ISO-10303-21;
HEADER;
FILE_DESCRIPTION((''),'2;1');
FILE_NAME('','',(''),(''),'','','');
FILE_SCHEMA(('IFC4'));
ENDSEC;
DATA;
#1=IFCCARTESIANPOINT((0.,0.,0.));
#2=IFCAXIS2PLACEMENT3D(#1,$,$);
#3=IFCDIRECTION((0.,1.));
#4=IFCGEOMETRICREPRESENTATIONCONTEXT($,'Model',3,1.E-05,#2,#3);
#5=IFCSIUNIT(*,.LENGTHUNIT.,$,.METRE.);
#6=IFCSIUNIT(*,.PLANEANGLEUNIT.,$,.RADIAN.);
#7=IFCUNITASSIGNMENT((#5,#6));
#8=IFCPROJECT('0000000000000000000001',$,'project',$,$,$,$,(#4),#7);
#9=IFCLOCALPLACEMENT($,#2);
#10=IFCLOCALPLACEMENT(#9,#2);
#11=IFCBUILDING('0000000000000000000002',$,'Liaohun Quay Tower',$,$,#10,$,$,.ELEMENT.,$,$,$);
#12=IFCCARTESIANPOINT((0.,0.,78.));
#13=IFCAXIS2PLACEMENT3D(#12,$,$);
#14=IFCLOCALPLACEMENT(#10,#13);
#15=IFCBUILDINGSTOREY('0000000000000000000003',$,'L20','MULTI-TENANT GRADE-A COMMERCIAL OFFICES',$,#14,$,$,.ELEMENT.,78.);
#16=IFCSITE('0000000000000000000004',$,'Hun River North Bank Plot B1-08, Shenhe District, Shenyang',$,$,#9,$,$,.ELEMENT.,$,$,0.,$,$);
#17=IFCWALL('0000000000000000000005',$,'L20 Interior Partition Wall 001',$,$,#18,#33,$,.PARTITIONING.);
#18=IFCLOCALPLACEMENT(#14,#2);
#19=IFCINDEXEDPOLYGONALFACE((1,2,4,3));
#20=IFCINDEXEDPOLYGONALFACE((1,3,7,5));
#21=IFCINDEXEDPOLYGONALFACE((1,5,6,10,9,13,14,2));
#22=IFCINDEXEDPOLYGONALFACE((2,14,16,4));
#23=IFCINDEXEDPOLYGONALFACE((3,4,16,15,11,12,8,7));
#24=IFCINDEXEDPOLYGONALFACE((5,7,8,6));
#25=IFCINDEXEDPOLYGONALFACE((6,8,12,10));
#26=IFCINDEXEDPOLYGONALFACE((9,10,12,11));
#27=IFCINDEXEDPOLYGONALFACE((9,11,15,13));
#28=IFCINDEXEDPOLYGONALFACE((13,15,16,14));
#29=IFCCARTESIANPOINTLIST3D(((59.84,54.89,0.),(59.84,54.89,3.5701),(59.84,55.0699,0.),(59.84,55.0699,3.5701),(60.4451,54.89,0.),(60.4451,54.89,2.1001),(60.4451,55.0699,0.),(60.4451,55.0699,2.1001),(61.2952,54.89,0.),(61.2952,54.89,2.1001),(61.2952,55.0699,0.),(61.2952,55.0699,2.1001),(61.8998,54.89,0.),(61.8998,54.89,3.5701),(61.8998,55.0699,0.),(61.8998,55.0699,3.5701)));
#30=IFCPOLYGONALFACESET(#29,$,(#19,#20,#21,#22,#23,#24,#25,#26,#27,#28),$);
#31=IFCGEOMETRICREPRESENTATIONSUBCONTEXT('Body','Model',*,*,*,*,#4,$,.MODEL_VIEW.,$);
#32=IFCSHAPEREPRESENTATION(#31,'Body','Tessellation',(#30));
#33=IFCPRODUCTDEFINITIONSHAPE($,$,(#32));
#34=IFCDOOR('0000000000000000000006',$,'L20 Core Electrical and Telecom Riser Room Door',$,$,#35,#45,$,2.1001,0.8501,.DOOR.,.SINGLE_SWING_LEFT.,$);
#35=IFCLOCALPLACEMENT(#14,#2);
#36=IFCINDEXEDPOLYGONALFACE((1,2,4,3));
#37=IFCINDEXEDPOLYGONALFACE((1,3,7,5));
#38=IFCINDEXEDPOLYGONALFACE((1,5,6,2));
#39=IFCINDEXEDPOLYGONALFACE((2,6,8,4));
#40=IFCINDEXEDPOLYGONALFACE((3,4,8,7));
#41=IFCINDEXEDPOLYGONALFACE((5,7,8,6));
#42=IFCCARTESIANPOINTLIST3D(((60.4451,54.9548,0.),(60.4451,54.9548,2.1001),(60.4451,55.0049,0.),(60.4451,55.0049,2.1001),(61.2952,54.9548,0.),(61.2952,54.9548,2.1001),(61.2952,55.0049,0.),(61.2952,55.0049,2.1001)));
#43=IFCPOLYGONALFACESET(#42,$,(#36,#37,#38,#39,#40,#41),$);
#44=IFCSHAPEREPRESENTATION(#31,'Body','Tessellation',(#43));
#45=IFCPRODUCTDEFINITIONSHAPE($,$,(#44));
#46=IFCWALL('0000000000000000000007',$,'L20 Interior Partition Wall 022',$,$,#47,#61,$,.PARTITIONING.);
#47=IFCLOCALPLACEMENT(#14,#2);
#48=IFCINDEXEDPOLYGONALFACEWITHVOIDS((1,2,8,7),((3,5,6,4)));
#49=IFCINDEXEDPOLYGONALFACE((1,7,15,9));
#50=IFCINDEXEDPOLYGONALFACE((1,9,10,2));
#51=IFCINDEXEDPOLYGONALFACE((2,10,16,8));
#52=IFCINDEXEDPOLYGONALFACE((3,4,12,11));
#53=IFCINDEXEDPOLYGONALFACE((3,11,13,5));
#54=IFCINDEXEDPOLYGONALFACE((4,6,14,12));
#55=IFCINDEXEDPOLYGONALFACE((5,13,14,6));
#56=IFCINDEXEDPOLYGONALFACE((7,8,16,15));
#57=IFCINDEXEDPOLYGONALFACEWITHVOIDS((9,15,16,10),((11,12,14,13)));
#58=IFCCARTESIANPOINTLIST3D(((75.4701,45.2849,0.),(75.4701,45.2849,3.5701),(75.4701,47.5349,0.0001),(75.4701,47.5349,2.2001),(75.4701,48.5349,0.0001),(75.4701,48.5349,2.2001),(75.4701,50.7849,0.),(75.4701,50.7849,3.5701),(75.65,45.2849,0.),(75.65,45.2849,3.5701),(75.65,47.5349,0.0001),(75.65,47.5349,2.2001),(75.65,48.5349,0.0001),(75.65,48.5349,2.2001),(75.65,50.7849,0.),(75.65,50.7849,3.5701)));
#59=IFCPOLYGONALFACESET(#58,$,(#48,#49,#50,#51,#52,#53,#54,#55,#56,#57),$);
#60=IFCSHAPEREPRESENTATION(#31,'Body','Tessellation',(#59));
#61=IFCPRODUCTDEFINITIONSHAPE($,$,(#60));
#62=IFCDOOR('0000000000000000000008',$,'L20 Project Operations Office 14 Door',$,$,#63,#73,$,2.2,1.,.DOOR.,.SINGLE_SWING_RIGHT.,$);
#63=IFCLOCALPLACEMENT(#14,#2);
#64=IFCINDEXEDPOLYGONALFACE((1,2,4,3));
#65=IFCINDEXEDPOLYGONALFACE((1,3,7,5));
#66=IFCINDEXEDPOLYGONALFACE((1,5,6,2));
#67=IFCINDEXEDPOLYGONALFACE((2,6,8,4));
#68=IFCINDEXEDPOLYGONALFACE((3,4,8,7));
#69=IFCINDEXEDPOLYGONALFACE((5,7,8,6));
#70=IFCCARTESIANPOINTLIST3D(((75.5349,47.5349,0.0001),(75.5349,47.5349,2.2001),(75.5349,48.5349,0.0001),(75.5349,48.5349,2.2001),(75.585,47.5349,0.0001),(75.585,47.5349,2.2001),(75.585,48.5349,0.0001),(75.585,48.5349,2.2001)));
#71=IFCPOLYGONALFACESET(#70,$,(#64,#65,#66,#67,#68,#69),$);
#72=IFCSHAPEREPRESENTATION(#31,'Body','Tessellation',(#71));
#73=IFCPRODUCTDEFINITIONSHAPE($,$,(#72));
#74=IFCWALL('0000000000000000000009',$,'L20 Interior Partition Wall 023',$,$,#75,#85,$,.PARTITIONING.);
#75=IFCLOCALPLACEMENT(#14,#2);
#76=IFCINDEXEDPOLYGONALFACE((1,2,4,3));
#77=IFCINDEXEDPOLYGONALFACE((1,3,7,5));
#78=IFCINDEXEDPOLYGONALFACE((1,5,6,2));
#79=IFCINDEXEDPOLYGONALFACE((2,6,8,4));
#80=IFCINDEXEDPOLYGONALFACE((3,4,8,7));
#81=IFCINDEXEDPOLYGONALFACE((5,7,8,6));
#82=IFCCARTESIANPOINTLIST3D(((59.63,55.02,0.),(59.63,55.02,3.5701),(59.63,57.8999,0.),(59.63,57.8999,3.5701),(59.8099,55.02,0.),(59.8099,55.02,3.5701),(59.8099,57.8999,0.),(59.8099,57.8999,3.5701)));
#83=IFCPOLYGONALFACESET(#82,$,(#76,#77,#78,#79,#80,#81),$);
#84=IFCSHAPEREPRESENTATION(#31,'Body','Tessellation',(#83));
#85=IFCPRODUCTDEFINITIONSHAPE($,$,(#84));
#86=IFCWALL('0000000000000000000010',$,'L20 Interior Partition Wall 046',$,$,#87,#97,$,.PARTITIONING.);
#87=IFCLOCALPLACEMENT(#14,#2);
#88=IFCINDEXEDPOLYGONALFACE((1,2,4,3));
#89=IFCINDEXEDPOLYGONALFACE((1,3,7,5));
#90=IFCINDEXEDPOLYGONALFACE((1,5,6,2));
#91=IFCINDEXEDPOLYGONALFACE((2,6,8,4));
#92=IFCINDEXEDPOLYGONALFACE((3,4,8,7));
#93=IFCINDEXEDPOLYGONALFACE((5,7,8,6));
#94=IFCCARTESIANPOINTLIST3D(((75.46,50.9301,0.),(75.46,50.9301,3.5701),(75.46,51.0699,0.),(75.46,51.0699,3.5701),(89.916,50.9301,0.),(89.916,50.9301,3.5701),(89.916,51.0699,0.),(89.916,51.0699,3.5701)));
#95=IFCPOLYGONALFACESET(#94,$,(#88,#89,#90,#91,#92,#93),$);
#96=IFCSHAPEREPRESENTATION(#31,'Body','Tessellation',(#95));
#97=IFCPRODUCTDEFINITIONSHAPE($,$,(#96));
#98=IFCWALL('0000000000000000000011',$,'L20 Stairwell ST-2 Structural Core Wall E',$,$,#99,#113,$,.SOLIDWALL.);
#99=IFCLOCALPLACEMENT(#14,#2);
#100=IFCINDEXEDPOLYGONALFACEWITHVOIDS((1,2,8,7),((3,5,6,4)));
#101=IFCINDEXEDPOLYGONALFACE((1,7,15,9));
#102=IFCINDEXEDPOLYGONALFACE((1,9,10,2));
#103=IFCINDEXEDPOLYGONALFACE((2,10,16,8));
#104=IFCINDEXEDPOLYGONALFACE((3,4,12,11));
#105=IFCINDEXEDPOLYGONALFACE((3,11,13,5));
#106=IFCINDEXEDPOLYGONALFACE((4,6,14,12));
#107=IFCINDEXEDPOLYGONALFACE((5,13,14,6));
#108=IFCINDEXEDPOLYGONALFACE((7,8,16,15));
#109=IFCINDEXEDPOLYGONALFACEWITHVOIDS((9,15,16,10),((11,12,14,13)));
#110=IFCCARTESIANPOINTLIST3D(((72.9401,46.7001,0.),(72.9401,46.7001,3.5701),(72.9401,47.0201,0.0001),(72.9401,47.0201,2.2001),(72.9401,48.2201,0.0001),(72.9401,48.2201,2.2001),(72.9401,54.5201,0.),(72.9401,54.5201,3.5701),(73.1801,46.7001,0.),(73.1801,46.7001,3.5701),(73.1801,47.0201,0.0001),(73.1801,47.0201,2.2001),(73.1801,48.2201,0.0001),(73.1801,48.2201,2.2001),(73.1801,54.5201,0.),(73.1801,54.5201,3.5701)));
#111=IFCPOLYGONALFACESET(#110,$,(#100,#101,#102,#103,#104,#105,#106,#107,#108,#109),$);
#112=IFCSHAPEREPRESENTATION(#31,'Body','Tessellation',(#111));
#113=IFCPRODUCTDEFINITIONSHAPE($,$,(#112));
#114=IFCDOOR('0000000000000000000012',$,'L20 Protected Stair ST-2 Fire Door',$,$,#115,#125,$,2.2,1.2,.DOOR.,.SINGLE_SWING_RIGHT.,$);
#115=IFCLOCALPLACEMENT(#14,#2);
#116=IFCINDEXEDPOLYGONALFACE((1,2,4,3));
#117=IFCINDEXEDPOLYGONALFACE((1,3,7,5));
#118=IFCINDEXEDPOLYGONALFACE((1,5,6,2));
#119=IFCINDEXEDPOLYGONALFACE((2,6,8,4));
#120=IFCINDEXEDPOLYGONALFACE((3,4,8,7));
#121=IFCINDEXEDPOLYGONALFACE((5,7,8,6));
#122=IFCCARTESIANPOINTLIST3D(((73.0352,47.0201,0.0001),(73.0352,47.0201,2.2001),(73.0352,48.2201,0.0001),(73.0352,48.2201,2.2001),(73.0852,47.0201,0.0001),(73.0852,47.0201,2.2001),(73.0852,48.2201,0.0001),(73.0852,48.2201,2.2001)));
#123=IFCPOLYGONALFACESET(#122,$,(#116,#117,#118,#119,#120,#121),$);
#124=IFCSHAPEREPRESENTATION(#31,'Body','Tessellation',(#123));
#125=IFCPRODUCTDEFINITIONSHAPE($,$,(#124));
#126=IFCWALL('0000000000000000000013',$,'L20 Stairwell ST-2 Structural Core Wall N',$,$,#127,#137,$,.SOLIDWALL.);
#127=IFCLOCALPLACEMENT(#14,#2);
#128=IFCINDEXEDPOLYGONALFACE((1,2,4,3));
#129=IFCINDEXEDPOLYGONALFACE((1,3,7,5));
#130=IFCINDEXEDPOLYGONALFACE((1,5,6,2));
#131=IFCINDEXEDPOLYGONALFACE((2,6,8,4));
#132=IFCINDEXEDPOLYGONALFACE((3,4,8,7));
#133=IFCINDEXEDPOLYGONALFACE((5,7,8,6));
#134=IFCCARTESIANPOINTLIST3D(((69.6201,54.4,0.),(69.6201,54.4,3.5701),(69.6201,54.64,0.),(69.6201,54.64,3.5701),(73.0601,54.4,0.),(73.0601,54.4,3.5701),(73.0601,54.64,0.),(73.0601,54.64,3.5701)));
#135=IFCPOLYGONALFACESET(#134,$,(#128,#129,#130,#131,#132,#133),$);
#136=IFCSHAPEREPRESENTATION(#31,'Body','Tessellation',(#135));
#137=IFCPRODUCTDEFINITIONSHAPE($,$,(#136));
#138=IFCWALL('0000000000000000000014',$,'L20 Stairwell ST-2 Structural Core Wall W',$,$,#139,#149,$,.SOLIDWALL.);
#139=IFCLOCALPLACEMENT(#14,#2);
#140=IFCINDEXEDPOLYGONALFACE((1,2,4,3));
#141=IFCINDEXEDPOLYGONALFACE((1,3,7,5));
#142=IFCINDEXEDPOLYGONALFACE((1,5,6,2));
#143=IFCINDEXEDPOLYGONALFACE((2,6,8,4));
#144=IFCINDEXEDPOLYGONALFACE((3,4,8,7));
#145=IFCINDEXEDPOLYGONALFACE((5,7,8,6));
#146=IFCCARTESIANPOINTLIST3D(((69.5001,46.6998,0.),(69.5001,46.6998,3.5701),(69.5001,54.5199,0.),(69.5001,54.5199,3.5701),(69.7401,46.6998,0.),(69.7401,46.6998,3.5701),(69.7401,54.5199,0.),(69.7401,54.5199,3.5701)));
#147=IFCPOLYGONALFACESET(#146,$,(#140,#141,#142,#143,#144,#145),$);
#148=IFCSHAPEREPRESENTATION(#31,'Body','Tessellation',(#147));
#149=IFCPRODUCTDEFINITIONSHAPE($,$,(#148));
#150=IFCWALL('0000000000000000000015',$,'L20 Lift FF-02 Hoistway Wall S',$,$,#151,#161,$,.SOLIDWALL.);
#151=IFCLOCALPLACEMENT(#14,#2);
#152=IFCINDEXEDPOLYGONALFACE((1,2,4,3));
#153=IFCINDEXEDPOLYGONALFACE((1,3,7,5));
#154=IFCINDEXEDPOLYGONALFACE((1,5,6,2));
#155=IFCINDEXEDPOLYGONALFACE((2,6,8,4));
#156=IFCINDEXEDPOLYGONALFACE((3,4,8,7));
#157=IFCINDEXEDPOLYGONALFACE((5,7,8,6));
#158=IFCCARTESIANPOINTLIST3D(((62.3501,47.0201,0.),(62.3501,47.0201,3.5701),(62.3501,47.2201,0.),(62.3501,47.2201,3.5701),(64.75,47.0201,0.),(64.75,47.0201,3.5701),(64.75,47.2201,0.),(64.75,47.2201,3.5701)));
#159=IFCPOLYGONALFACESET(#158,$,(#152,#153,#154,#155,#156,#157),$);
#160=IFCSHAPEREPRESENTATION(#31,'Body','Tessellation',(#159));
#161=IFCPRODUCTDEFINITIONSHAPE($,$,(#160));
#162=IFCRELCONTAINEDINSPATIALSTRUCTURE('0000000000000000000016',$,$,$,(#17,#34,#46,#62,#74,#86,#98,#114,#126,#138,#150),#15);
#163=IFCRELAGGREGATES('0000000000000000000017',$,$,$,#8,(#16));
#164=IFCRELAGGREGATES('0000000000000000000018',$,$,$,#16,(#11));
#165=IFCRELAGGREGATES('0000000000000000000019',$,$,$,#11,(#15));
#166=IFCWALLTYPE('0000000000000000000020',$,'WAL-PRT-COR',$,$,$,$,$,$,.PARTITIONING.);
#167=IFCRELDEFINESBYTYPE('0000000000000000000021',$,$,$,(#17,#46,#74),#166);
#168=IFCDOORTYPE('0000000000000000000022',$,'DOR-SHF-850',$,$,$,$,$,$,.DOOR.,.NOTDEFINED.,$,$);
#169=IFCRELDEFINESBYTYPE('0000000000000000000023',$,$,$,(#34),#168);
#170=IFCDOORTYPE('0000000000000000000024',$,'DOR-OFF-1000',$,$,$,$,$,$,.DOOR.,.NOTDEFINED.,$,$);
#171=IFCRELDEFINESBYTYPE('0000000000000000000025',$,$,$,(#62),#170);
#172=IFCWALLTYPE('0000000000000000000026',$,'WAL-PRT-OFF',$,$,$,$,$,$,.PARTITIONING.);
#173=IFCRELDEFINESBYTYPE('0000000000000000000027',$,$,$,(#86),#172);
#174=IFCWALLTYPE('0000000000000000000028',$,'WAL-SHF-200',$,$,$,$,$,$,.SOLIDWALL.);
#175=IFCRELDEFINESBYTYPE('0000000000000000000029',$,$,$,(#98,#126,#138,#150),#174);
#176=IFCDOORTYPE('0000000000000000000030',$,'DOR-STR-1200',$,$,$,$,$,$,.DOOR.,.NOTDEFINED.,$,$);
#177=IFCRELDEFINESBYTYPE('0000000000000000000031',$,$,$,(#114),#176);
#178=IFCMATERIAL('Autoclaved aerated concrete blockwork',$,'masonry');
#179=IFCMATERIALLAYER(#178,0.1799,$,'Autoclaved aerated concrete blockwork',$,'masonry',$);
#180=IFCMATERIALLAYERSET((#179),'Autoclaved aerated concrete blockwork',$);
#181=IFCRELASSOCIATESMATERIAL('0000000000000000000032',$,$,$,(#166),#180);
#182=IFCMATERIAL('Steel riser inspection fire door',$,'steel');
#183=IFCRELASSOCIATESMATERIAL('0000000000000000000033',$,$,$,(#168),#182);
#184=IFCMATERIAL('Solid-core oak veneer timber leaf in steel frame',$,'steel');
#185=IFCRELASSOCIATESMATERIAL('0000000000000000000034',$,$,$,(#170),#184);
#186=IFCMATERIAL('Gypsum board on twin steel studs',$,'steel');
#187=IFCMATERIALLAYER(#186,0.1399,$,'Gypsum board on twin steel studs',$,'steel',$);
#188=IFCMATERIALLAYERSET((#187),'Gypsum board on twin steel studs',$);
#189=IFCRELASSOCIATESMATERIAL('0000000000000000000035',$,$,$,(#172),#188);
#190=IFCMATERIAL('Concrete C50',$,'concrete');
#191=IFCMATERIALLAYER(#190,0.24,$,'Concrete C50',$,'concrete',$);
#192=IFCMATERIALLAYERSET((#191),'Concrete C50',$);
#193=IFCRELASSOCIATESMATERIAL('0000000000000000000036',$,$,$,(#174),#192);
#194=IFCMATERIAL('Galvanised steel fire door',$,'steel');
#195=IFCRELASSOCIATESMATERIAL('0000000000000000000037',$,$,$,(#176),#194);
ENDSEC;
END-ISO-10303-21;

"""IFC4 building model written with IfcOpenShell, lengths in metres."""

from ifc_helpers import new_model, si_unit, direction, frame, frame_2d, origin, place, context, subcontext, project, spatial, rectangle, extrude, source, transform, mapped, material, layer, layer_set, type_object, element, fill, save


model = new_model("IFC4")

# Units and contexts
model_context = context("Model", 3, precision=1e-05, world=origin(), true_north=direction((0.0, 1.0)))
body_context = subcontext(model_context, "Body", "Model", "MODEL_VIEW")
ifc_project = project(units=[si_unit("LENGTHUNIT", "METRE"), si_unit("PLANEANGLEUNIT", "RADIAN")], contexts=[model_context])

# Site, building, storey
site_placement = place(None, origin())
site = spatial("IfcSite", under=ifc_project, at=site_placement, Name="Hun River North Bank Plot B1-08, Shenhe District, Shenyang", CompositionType="ELEMENT", RefElevation=0.0)
building_placement = place(site_placement, origin())
building = spatial("IfcBuilding", under=site, at=building_placement, Name="Liaohun Quay Tower", CompositionType="ELEMENT")
storey_placement = place(building_placement, frame((0.0, 0.0, 78.0)))
storey = spatial("IfcBuildingStorey", under=building, at=storey_placement, Name="L20", Description="MULTI-TENANT GRADE-A COMMERCIAL OFFICES", CompositionType="ELEMENT", Elevation=78.0)

# Walls, openings, doors
ifc_material_1 = material(Name="Autoclaved aerated concrete blockwork", Category="masonry")
ifc_layer_1 = layer(ifc_material_1, 0.1799, Name="Autoclaved aerated concrete blockwork", Category="masonry")
ifc_layer_set_1 = layer_set([ifc_layer_1], Name="Autoclaved aerated concrete blockwork")
wall_type_1 = type_object("IfcWallType", Name="WAL-PRT-COR", PredefinedType="PARTITIONING", material=ifc_layer_set_1)
wall_1_placement = place(storey_placement, frame((59.8401, 54.98, 0.0), z_axis=(0.0, 0.0, 1.0), x_axis=(1.0, 0.0, 0.0)))
wall_1 = element("IfcWall", 1, at=wall_1_placement, inside=storey, type_object=wall_type_1, Name="L20 Interior Partition Wall 001", PredefinedType="PARTITIONING", context=body_context, shape_type="SweptSolid", body=[
    extrude(rectangle(XDim=2.0598, YDim=0.1799, at=frame_2d((1.0298, 0.0))), origin(), (0.0, 0.0, 1.0), 3.5701),
])
shared_shape_1 = source(origin(), body_context, "Body", "SweptSolid", [
    extrude(rectangle(XDim=0.8501, YDim=2.1001, at=frame_2d((0.425, 1.05))), frame((0.0, 0.0999, 0.0), z_axis=(0.0, -1.0, 0.0), x_axis=(1.0, 0.0, 0.0)), (0.0, 0.0, 1.0), 0.2),
])
opening_1_placement = place(wall_1_placement, frame((0.605, 0.0, 0.0)))
opening_1 = element("IfcOpeningElement", 2, at=opening_1_placement, cuts=wall_1, PredefinedType="OPENING", context=body_context, shape_type="MappedRepresentation", body=[
    mapped(shared_shape_1, transform((0.0, 0.0, 0.0), x_axis=(1.0, 0.0, 0.0), y_axis=(0.0, 1.0, 0.0), z_axis=(0.0, 0.0, 1.0), scale=1.0)),
])
ifc_material_2 = material(Name="Steel riser inspection fire door", Category="steel")
door_type_1 = type_object("IfcDoorType", Name="DOR-SHF-850", OperationType="NOTDEFINED", PredefinedType="DOOR", material=ifc_material_2)
shared_shape_2 = source(origin(), body_context, "Body", "SweptSolid", [
    extrude(rectangle(XDim=0.8501, YDim=2.1001, at=frame_2d((0.425, 1.05))), frame((0.0, 0.0249, 0.0), z_axis=(0.0, -1.0, 0.0), x_axis=(1.0, 0.0, 0.0)), (0.0, 0.0, 1.0), 0.05),
])
door_1_placement = place(opening_1_placement, origin())
door_1 = element("IfcDoor", 3, at=door_1_placement, inside=storey, type_object=door_type_1, Name="L20 Core Electrical and Telecom Riser Room Door", OperationType="SINGLE_SWING_LEFT", OverallHeight=2.1001, OverallWidth=0.8501, PredefinedType="DOOR", context=body_context, shape_type="MappedRepresentation", body=[
    mapped(shared_shape_2, transform((0.0, 0.0, 0.0), x_axis=(1.0, 0.0, 0.0), y_axis=(0.0, 1.0, 0.0), z_axis=(0.0, 0.0, 1.0), scale=1.0)),
])
fill(opening_1, door_1)
wall_2_placement = place(storey_placement, frame((75.5601, 50.7849, 0.0), z_axis=(0.0, 0.0, 1.0), x_axis=(0.0, -1.0, 0.0)))
wall_2 = element("IfcWall", 4, at=wall_2_placement, inside=storey, type_object=wall_type_1, Name="L20 Interior Partition Wall 022", PredefinedType="PARTITIONING", context=body_context, shape_type="SweptSolid", body=[
    extrude(rectangle(XDim=5.5, YDim=0.1799, at=frame_2d((2.75, 0.0))), origin(), (0.0, 0.0, 1.0), 3.5701),
])
shared_shape_3 = source(origin(), body_context, "Body", "SweptSolid", [
    extrude(rectangle(XDim=1.0, YDim=2.2, at=frame_2d((0.5, 1.1001))), frame((0.0, 0.0999, 0.0), z_axis=(0.0, -1.0, 0.0), x_axis=(1.0, 0.0, 0.0)), (0.0, 0.0, 1.0), 0.2),
])
opening_2_placement = place(wall_2_placement, frame((2.25, 0.0, 0.0)))
opening_2 = element("IfcOpeningElement", 5, at=opening_2_placement, cuts=wall_2, PredefinedType="OPENING", context=body_context, shape_type="MappedRepresentation", body=[
    mapped(shared_shape_3, transform((0.0, 0.0, 0.0), x_axis=(1.0, 0.0, 0.0), y_axis=(0.0, 1.0, 0.0), z_axis=(0.0, 0.0, 1.0), scale=1.0)),
])
ifc_material_3 = material(Name="Solid-core oak veneer timber leaf in steel frame", Category="steel")
door_type_2 = type_object("IfcDoorType", Name="DOR-OFF-1000", OperationType="NOTDEFINED", PredefinedType="DOOR", material=ifc_material_3)
shared_shape_4 = source(origin(), body_context, "Body", "SweptSolid", [
    extrude(rectangle(XDim=1.0, YDim=2.2, at=frame_2d((0.5, 1.1001))), frame((0.0, 0.0249, 0.0), z_axis=(0.0, -1.0, 0.0), x_axis=(1.0, 0.0, 0.0)), (0.0, 0.0, 1.0), 0.05),
])
door_2_placement = place(opening_2_placement, origin())
door_2 = element("IfcDoor", 6, at=door_2_placement, inside=storey, type_object=door_type_2, Name="L20 Project Operations Office 14 Door", OperationType="SINGLE_SWING_RIGHT", OverallHeight=2.2, OverallWidth=1.0, PredefinedType="DOOR", context=body_context, shape_type="MappedRepresentation", body=[
    mapped(shared_shape_4, transform((0.0, 0.0, 0.0), x_axis=(1.0, 0.0, 0.0), y_axis=(0.0, 1.0, 0.0), z_axis=(0.0, 0.0, 1.0), scale=1.0)),
])
fill(opening_2, door_2)

# Walls
wall_3_placement = place(storey_placement, frame((59.72, 55.02, 0.0), z_axis=(0.0, 0.0, 1.0), x_axis=(0.0, 1.0, 0.0)))
element("IfcWall", 7, at=wall_3_placement, inside=storey, type_object=wall_type_1, Name="L20 Interior Partition Wall 023", PredefinedType="PARTITIONING", context=body_context, shape_type="SweptSolid", body=[
    extrude(rectangle(XDim=2.8799, YDim=0.1799, at=frame_2d((1.4399, 0.0))), origin(), (0.0, 0.0, 1.0), 3.5701),
])
ifc_material_4 = material(Name="Gypsum board on twin steel studs", Category="steel")
ifc_layer_2 = layer(ifc_material_4, 0.1399, Name="Gypsum board on twin steel studs", Category="steel")
ifc_layer_set_2 = layer_set([ifc_layer_2], Name="Gypsum board on twin steel studs")
wall_type_2 = type_object("IfcWallType", Name="WAL-PRT-OFF", PredefinedType="PARTITIONING", material=ifc_layer_set_2)
wall_4_placement = place(storey_placement, frame((75.46, 51.0, 0.0), z_axis=(0.0, 0.0, 1.0), x_axis=(1.0, 0.0, 0.0)))
element("IfcWall", 8, at=wall_4_placement, inside=storey, type_object=wall_type_2, Name="L20 Interior Partition Wall 046", PredefinedType="PARTITIONING", context=body_context, shape_type="SweptSolid", body=[
    extrude(rectangle(XDim=14.4561, YDim=0.1399, at=frame_2d((7.228, 0.0))), origin(), (0.0, 0.0, 1.0), 3.5701),
])

# Wall, opening, door
ifc_material_5 = material(Name="Concrete C50", Category="concrete")
ifc_layer_3 = layer(ifc_material_5, 0.24, Name="Concrete C50", Category="concrete")
ifc_layer_set_3 = layer_set([ifc_layer_3], Name="Concrete C50")
wall_type_3 = type_object("IfcWallType", Name="WAL-SHF-200", PredefinedType="SOLIDWALL", material=ifc_layer_set_3)
wall_5_placement = place(storey_placement, frame((73.0601, 46.7, 0.0), z_axis=(0.0, 0.0, 1.0), x_axis=(0.0, 1.0, 0.0)))
wall_5 = element("IfcWall", 9, at=wall_5_placement, inside=storey, type_object=wall_type_3, Name="L20 Stairwell ST-2 Structural Core Wall E", PredefinedType="SOLIDWALL", context=body_context, shape_type="SweptSolid", body=[
    extrude(rectangle(XDim=7.8201, YDim=0.24, at=frame_2d((3.9102, 0.0))), origin(), (0.0, 0.0, 1.0), 3.5701),
])
shared_shape_5 = source(origin(), body_context, "Body", "SweptSolid", [
    extrude(rectangle(XDim=1.2, YDim=2.2, at=frame_2d((0.6001, 1.1001))), frame((0.0, 0.1299, 0.0), z_axis=(0.0, -1.0, 0.0), x_axis=(1.0, 0.0, 0.0)), (0.0, 0.0, 1.0), 0.26),
])
opening_3_placement = place(wall_5_placement, frame((0.3201, 0.0, 0.0)))
opening_3 = element("IfcOpeningElement", 10, at=opening_3_placement, cuts=wall_5, PredefinedType="OPENING", context=body_context, shape_type="MappedRepresentation", body=[
    mapped(shared_shape_5, transform((0.0, 0.0, 0.0), x_axis=(1.0, 0.0, 0.0), y_axis=(0.0, 1.0, 0.0), z_axis=(0.0, 0.0, 1.0), scale=1.0)),
])
ifc_material_6 = material(Name="Galvanised steel fire door", Category="steel")
door_type_3 = type_object("IfcDoorType", Name="DOR-STR-1200", OperationType="NOTDEFINED", PredefinedType="DOOR", material=ifc_material_6)
shared_shape_6 = source(origin(), body_context, "Body", "SweptSolid", [
    extrude(rectangle(XDim=1.2, YDim=2.2, at=frame_2d((0.6001, 1.1001))), frame((0.0, 0.0249, 0.0), z_axis=(0.0, -1.0, 0.0), x_axis=(1.0, 0.0, 0.0)), (0.0, 0.0, 1.0), 0.05),
])
door_3_placement = place(opening_3_placement, origin())
door_3 = element("IfcDoor", 11, at=door_3_placement, inside=storey, type_object=door_type_3, Name="L20 Protected Stair ST-2 Fire Door", OperationType="SINGLE_SWING_RIGHT", OverallHeight=2.2, OverallWidth=1.2, PredefinedType="DOOR", context=body_context, shape_type="MappedRepresentation", body=[
    mapped(shared_shape_6, transform((0.0, 0.0, 0.0), x_axis=(1.0, 0.0, 0.0), y_axis=(0.0, 1.0, 0.0), z_axis=(0.0, 0.0, 1.0), scale=1.0)),
])
fill(opening_3, door_3)

# Walls
wall_6_placement = place(storey_placement, frame((73.0601, 54.52, 0.0), z_axis=(0.0, 0.0, 1.0), x_axis=(-1.0, 0.0, 0.0)))
element("IfcWall", 12, at=wall_6_placement, inside=storey, type_object=wall_type_3, Name="L20 Stairwell ST-2 Structural Core Wall N", PredefinedType="SOLIDWALL", context=body_context, shape_type="SweptSolid", body=[
    extrude(rectangle(XDim=3.4399, YDim=0.24, at=frame_2d((1.72, 0.0))), origin(), (0.0, 0.0, 1.0), 3.5701),
])
wall_7_placement = place(storey_placement, frame((69.6201, 54.52, 0.0), z_axis=(0.0, 0.0, 1.0), x_axis=(0.0, -1.0, 0.0)))
element("IfcWall", 13, at=wall_7_placement, inside=storey, type_object=wall_type_3, Name="L20 Stairwell ST-2 Structural Core Wall W", PredefinedType="SOLIDWALL", context=body_context, shape_type="SweptSolid", body=[
    extrude(rectangle(XDim=7.8201, YDim=0.24, at=frame_2d((3.9102, 0.0))), origin(), (0.0, 0.0, 1.0), 3.5701),
])
wall_8_placement = place(storey_placement, frame((62.3501, 47.1201, 0.0), z_axis=(0.0, 0.0, 1.0), x_axis=(1.0, 0.0, 0.0)))
element("IfcWall", 14, at=wall_8_placement, inside=storey, type_object=wall_type_3, Name="L20 Lift FF-02 Hoistway Wall S", PredefinedType="SOLIDWALL", context=body_context, shape_type="SweptSolid", body=[
    extrude(rectangle(XDim=2.3999, YDim=0.2, at=frame_2d((1.2, 0.0))), origin(), (0.0, 0.0, 1.0), 3.5701),
])

save(model, "model.ifc")
